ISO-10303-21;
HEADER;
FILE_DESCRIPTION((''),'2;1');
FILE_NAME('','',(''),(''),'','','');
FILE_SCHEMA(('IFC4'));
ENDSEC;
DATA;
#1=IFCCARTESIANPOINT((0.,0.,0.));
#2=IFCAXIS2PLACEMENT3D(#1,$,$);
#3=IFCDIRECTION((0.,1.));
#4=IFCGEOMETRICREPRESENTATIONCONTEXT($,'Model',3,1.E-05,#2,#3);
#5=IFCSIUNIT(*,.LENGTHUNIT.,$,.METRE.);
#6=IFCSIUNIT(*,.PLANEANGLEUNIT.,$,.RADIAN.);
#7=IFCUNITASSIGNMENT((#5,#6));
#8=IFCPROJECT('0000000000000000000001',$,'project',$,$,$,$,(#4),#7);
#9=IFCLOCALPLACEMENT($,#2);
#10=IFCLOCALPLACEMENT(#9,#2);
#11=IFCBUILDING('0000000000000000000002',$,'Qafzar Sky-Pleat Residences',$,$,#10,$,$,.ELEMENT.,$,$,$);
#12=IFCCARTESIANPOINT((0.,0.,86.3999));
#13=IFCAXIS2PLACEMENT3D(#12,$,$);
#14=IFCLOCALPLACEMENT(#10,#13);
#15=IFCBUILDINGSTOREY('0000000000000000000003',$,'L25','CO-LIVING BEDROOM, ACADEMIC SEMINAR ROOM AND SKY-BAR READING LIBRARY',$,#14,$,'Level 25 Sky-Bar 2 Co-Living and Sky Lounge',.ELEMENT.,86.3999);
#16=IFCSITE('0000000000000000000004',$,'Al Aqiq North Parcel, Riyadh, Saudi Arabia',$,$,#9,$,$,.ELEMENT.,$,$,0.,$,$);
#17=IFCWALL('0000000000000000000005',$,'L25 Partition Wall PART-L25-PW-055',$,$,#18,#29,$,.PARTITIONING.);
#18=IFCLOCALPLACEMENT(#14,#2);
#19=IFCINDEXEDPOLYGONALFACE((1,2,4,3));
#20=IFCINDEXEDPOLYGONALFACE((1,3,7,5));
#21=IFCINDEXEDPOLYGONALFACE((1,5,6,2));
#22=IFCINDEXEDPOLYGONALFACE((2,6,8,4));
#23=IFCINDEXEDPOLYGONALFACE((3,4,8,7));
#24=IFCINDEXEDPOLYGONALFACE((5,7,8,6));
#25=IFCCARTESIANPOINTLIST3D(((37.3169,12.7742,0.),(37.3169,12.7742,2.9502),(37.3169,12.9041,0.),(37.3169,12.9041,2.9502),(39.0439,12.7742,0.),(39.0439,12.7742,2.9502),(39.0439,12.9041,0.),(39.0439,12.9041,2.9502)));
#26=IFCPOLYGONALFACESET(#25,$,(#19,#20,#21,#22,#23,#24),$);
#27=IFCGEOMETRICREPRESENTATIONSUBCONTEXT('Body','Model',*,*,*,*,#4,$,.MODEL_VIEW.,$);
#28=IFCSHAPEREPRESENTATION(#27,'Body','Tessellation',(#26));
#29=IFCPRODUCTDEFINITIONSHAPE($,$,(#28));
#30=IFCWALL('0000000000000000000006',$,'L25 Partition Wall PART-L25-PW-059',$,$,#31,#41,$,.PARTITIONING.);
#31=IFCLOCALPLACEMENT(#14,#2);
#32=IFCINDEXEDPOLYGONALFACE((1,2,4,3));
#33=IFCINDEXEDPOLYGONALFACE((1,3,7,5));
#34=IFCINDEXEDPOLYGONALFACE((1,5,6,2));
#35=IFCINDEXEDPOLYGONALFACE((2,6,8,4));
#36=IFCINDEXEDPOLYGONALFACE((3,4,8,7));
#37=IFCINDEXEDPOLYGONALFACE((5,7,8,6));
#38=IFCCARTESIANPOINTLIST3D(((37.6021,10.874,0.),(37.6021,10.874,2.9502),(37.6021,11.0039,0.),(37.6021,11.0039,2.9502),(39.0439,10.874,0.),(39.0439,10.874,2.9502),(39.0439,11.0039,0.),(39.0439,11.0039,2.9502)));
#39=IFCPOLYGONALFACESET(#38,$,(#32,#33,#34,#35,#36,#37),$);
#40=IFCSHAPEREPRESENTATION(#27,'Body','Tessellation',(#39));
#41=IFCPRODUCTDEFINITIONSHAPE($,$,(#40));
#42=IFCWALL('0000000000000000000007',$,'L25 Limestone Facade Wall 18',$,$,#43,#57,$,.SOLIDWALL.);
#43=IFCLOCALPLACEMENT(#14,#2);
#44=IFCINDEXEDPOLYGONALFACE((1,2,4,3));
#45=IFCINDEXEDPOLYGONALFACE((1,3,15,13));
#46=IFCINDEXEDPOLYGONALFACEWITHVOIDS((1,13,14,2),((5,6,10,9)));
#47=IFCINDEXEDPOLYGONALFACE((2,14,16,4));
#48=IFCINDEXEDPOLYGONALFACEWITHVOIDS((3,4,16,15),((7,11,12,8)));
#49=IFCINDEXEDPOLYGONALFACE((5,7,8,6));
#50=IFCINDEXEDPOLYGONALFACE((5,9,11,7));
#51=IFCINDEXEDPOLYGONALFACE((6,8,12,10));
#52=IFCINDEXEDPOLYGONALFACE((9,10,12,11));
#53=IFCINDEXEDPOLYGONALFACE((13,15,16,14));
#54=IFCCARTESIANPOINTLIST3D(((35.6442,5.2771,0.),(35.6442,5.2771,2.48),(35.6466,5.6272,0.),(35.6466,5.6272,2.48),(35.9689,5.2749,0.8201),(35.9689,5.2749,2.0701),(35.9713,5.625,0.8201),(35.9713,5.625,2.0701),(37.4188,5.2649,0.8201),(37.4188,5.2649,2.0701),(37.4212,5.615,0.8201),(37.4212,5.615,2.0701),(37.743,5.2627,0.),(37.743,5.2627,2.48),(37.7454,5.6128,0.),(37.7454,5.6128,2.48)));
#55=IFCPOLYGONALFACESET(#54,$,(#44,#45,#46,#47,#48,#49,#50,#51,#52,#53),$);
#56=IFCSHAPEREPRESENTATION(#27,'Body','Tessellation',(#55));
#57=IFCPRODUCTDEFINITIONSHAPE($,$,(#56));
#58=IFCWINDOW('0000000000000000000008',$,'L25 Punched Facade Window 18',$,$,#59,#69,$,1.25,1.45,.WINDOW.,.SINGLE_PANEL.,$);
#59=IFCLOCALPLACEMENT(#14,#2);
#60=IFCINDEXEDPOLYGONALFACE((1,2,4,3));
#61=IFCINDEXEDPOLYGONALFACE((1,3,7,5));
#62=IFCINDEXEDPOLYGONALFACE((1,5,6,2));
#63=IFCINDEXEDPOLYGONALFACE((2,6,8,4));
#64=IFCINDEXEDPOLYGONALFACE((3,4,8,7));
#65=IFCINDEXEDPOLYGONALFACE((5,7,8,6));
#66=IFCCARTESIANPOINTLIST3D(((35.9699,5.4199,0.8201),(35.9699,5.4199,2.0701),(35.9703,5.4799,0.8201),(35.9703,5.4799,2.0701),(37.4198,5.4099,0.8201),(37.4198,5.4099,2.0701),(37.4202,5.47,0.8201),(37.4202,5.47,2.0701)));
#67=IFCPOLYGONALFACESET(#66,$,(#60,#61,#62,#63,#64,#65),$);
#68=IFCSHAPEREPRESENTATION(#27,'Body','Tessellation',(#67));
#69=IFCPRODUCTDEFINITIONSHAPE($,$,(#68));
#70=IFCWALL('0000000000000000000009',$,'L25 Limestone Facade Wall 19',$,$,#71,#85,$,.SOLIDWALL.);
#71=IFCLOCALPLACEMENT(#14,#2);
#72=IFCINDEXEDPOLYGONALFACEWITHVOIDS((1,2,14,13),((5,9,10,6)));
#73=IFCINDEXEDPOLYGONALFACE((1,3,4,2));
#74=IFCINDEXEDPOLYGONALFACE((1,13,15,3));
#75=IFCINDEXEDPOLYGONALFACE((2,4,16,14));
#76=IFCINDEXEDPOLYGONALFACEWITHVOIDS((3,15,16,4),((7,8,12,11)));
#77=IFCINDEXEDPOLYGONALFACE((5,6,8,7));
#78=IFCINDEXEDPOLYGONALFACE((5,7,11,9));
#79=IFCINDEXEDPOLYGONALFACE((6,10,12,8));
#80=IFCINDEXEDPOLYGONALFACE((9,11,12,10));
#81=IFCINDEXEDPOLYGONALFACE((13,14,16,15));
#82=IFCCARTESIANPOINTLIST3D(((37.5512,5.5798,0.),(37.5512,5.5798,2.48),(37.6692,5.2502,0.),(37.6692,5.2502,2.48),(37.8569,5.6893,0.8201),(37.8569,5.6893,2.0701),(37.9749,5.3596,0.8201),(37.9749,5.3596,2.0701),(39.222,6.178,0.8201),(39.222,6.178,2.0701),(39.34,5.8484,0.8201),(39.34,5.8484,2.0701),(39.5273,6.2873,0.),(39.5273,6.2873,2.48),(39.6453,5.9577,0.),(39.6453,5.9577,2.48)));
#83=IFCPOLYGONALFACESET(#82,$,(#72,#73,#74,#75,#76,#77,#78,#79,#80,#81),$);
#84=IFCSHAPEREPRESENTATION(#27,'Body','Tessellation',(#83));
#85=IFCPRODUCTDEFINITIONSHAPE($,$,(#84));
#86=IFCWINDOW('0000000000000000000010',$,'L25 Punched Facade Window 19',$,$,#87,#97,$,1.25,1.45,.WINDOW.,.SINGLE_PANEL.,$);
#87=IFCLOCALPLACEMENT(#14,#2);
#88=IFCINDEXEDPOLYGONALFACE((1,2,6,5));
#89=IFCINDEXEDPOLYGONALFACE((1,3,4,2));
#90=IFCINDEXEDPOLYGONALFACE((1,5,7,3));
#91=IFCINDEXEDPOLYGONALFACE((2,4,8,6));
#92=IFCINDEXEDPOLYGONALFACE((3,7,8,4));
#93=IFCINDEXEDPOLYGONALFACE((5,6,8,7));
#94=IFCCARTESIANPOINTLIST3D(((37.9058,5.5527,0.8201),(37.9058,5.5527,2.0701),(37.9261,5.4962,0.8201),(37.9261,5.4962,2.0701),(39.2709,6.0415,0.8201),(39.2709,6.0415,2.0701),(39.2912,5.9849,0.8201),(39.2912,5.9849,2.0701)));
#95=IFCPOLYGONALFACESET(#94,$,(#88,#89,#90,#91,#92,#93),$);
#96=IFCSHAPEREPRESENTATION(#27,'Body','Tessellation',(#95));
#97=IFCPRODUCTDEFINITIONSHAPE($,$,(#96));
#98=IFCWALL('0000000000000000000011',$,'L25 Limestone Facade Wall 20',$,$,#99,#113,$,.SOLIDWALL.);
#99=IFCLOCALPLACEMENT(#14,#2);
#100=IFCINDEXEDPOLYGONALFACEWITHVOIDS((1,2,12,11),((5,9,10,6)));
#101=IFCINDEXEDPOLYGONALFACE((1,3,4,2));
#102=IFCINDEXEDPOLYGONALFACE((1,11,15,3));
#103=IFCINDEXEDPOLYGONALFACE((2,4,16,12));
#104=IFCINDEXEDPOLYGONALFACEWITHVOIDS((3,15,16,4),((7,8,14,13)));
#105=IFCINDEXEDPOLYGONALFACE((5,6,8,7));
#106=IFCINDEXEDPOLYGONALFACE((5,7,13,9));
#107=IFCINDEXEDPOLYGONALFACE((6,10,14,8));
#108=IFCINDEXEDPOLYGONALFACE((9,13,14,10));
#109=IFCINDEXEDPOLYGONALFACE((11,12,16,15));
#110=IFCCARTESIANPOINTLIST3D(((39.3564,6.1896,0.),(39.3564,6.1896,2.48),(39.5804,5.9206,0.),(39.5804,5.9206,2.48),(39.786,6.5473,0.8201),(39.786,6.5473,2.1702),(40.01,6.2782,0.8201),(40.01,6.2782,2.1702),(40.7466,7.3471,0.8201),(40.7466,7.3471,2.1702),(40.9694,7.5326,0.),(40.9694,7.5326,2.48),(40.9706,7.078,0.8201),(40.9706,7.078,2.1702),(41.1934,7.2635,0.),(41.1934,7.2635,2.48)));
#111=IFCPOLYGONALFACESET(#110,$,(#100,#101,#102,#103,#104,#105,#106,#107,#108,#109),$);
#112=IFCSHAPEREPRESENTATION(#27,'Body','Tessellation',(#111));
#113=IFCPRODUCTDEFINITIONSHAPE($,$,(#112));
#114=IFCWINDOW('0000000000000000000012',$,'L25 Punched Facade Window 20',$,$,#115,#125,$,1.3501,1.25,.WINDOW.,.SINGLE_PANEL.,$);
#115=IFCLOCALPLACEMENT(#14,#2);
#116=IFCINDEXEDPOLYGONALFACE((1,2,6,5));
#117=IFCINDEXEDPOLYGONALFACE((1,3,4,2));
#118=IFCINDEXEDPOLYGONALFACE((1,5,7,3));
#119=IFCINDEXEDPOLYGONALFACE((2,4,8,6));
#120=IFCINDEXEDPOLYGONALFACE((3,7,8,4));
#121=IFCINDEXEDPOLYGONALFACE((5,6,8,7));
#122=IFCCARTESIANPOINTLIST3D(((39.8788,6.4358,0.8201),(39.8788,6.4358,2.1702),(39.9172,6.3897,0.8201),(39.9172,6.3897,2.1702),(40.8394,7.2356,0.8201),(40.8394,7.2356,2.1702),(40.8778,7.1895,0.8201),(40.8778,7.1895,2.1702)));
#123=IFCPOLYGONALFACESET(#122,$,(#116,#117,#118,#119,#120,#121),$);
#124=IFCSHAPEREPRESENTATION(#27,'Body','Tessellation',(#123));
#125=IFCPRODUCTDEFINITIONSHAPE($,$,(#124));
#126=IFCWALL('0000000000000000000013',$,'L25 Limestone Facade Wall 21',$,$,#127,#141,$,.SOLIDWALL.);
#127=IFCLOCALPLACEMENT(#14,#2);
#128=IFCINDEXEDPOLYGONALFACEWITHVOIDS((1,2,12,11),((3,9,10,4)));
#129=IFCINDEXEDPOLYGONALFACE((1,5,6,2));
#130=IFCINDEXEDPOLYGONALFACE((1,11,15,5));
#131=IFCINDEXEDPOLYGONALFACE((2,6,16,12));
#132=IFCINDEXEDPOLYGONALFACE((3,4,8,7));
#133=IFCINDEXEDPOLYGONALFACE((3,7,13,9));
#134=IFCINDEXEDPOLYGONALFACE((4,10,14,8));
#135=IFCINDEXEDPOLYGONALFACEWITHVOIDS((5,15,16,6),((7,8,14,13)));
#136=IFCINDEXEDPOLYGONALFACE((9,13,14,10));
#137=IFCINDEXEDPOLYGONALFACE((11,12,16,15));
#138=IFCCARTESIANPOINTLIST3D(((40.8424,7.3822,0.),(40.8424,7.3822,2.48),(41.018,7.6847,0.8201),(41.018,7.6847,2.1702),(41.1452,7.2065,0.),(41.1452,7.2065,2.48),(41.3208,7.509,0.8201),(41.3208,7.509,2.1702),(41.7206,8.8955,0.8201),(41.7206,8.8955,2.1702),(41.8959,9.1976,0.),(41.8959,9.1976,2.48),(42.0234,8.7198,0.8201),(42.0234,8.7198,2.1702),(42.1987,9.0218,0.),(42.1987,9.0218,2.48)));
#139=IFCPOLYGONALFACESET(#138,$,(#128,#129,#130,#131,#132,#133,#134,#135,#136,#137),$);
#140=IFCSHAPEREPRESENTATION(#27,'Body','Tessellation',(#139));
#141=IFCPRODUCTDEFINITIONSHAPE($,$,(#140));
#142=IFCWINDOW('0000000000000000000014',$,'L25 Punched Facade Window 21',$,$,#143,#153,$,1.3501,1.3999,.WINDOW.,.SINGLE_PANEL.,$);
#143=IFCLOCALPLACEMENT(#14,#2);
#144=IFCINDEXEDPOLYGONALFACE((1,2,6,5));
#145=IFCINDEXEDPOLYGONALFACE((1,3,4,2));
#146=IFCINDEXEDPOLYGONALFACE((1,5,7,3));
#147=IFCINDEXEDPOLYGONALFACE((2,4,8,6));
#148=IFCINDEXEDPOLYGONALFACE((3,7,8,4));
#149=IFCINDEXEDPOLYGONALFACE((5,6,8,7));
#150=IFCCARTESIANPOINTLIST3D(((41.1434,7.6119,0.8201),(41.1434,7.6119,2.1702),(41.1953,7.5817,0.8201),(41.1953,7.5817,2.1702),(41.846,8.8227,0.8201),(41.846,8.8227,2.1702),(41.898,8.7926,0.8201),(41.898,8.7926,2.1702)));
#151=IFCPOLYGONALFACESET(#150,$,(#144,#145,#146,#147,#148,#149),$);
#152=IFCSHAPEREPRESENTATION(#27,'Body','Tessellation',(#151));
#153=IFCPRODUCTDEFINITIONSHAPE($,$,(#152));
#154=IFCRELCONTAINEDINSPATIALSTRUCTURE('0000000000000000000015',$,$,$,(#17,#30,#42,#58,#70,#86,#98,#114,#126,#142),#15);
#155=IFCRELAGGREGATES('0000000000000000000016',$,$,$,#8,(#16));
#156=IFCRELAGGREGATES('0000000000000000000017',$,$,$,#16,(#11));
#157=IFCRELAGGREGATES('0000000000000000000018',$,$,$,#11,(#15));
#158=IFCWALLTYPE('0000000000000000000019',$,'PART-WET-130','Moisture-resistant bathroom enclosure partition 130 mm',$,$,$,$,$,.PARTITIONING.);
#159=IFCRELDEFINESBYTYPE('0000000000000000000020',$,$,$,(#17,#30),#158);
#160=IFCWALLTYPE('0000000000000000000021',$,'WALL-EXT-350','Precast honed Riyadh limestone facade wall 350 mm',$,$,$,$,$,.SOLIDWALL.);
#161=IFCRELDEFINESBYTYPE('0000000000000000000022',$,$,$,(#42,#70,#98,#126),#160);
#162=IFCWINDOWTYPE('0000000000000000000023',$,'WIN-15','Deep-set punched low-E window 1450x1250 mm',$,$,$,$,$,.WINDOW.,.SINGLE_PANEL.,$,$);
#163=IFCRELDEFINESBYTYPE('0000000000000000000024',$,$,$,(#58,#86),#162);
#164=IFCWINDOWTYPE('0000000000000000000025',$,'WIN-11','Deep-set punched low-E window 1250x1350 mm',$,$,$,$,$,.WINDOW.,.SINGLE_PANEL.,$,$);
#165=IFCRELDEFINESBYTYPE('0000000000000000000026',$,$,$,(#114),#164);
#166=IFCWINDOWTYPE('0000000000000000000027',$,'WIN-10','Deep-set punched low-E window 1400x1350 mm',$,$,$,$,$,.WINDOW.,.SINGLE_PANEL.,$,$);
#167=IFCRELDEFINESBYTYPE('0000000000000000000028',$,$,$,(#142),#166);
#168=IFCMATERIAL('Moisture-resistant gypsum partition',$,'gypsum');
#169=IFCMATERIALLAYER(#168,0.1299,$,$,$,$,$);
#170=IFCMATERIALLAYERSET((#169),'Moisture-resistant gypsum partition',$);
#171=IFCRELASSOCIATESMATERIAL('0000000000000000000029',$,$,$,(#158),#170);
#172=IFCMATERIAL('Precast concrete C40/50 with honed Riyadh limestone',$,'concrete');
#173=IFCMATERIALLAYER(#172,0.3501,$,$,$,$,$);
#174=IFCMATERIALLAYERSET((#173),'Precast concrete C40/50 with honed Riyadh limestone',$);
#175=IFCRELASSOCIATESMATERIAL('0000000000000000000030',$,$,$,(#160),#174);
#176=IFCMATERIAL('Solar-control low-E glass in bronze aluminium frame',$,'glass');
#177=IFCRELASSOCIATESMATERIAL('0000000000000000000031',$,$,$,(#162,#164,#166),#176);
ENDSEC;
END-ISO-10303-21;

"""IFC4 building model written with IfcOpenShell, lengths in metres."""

from ifc_helpers import new_model, si_unit, direction, frame, frame_2d, origin, place, context, subcontext, project, spatial, rectangle, extrude, source, transform, mapped, material, layer, layer_set, type_object, element, fill, save


model = new_model("IFC4")

# Units and contexts
model_context = context("Model", 3, precision=1e-05, world=origin(), true_north=direction((0.0, 1.0)))
body_context = subcontext(model_context, "Body", "Model", "MODEL_VIEW")
ifc_project = project(units=[si_unit("LENGTHUNIT", "METRE"), si_unit("PLANEANGLEUNIT", "RADIAN")], contexts=[model_context])

# Site, building, storey
site_placement = place(None, origin())
site = spatial("IfcSite", under=ifc_project, at=site_placement, Name="Al Aqiq North Parcel, Riyadh, Saudi Arabia", CompositionType="ELEMENT", RefElevation=0.0)
building_placement = place(site_placement, origin())
building = spatial("IfcBuilding", under=site, at=building_placement, Name="Qafzar Sky-Pleat Residences", CompositionType="ELEMENT")
storey_placement = place(building_placement, frame((0.0, 0.0, 86.3999)))
storey = spatial("IfcBuildingStorey", under=building, at=storey_placement, Name="L25", Description="CO-LIVING BEDROOM, ACADEMIC SEMINAR ROOM AND SKY-BAR READING LIBRARY", LongName="Level 25 Sky-Bar 2 Co-Living and Sky Lounge", CompositionType="ELEMENT", Elevation=86.3999)

# Shared definitions
ifc_material_1 = material(Name="Moisture-resistant gypsum partition", Category="gypsum")
ifc_layer_1 = layer(ifc_material_1, 0.1299)
ifc_layer_set_1 = layer_set([ifc_layer_1], Name="Moisture-resistant gypsum partition")
wall_type_1 = type_object("IfcWallType", Name="PART-WET-130", Description="Moisture-resistant bathroom enclosure partition 130 mm", PredefinedType="PARTITIONING", material=ifc_layer_set_1)

# Walls
wall_1_placement = place(storey_placement, frame((37.3169, 12.8391, 0.0), z_axis=(0.0, 0.0, 1.0), x_axis=(1.0, 0.0, 0.0)))
element("IfcWall", 1, at=wall_1_placement, inside=storey, type_object=wall_type_1, Name="L25 Partition Wall PART-L25-PW-055", PredefinedType="PARTITIONING", context=body_context, shape_type="SweptSolid", body=[
    extrude(rectangle(XDim=1.7271, YDim=0.1299, at=frame_2d((0.8635, 0.0))), origin(), (0.0, 0.0, 1.0), 2.9502),
])
wall_2_placement = place(storey_placement, frame((37.6021, 10.939, 0.0), z_axis=(0.0, 0.0, 1.0), x_axis=(1.0, 0.0, 0.0)))
element("IfcWall", 2, at=wall_2_placement, inside=storey, type_object=wall_type_1, Name="L25 Partition Wall PART-L25-PW-059", PredefinedType="PARTITIONING", context=body_context, shape_type="SweptSolid", body=[
    extrude(rectangle(XDim=1.4419, YDim=0.1299, at=frame_2d((0.7209, 0.0))), origin(), (0.0, 0.0, 1.0), 2.9502),
])

# Walls, openings, windows
ifc_material_2 = material(Name="Precast concrete C40/50 with honed Riyadh limestone", Category="concrete")
ifc_layer_2 = layer(ifc_material_2, 0.3501)
ifc_layer_set_2 = layer_set([ifc_layer_2], Name="Precast concrete C40/50 with honed Riyadh limestone")
wall_type_2 = type_object("IfcWallType", Name="WALL-EXT-350", Description="Precast honed Riyadh limestone facade wall 350 mm", PredefinedType="SOLIDWALL", material=ifc_layer_set_2)
wall_3_placement = place(storey_placement, frame((35.6455, 5.4521, 0.0), z_axis=(0.0, 0.0, 1.0), x_axis=(0.999976, -0.006863, 0.0)))
wall_3 = element("IfcWall", 3, at=wall_3_placement, inside=storey, type_object=wall_type_2, Name="L25 Limestone Facade Wall 18", PredefinedType="SOLIDWALL", context=body_context, shape_type="SweptSolid", body=[
    extrude(rectangle(XDim=2.0989, YDim=0.3501, at=frame_2d((1.0493, 0.0))), origin(), (0.0, 0.0, 1.0), 2.48),
])
opening_1_placement = place(wall_3_placement, frame((0.3245, 0.0, 0.8201)))
opening_1 = element("IfcOpeningElement", 4, at=opening_1_placement, cuts=wall_3, PredefinedType="OPENING", context=body_context, shape_type="SweptSolid", body=[
    extrude(rectangle(XDim=1.45, YDim=1.25, at=frame_2d((0.7251, 0.625))), frame((0.0, 0.1851, 0.0), z_axis=(0.0, -1.0, 0.0), x_axis=(1.0, 0.0, 0.0)), (0.0, 0.0, 1.0), 0.3701),
])
ifc_material_3 = material(Name="Solar-control low-E glass in bronze aluminium frame", Category="glass")
window_type_1 = type_object("IfcWindowType", Name="WIN-15", Description="Deep-set punched low-E window 1450x1250 mm", PartitioningType="SINGLE_PANEL", PredefinedType="WINDOW", material=ifc_material_3)
shared_shape_1 = source(origin(), body_context, "Body", "SweptSolid", [
    extrude(rectangle(XDim=1.45, YDim=1.25, at=frame_2d((0.7251, 0.625))), frame((0.0, 0.03, 0.0), z_axis=(0.0, -1.0, 0.0), x_axis=(1.0, 0.0, 0.0)), (0.0, 0.0, 1.0), 0.0601),
])
window_1_placement = place(opening_1_placement, origin())
window_1 = element("IfcWindow", 5, at=window_1_placement, inside=storey, type_object=window_type_1, Name="L25 Punched Facade Window 18", OverallHeight=1.25, OverallWidth=1.45, PartitioningType="SINGLE_PANEL", PredefinedType="WINDOW", context=body_context, shape_type="MappedRepresentation", body=[
    mapped(shared_shape_1, transform((0.0, 0.0, 0.0), x_axis=(1.0, 0.0, 0.0), y_axis=(0.0, 1.0, 0.0), z_axis=(0.0, 0.0, 1.0), scale=1.0)),
])
fill(opening_1, window_1)
wall_4_placement = place(storey_placement, frame((37.6104, 5.415, 0.0), z_axis=(0.0, 0.0, 1.0), x_axis=(0.941473, 0.337088, 0.0)))
wall_4 = element("IfcWall", 6, at=wall_4_placement, inside=storey, type_object=wall_type_2, Name="L25 Limestone Facade Wall 19", PredefinedType="SOLIDWALL", context=body_context, shape_type="SweptSolid", body=[
    extrude(rectangle(XDim=2.0989, YDim=0.3501, at=frame_2d((1.0493, 0.0))), origin(), (0.0, 0.0, 1.0), 2.48),
])
opening_2_placement = place(wall_4_placement, frame((0.3245, 0.0, 0.8201)))
opening_2 = element("IfcOpeningElement", 7, at=opening_2_placement, cuts=wall_4, PredefinedType="OPENING", context=body_context, shape_type="SweptSolid", body=[
    extrude(rectangle(XDim=1.45, YDim=1.25, at=frame_2d((0.7251, 0.625))), frame((0.0, 0.1851, 0.0), z_axis=(0.0, -1.0, 0.0), x_axis=(1.0, 0.0, 0.0)), (0.0, 0.0, 1.0), 0.3701),
])
window_2_placement = place(opening_2_placement, origin())
window_2 = element("IfcWindow", 8, at=window_2_placement, inside=storey, type_object=window_type_1, Name="L25 Punched Facade Window 19", OverallHeight=1.25, OverallWidth=1.45, PartitioningType="SINGLE_PANEL", PredefinedType="WINDOW", context=body_context, shape_type="MappedRepresentation", body=[
    mapped(shared_shape_1, transform((0.0, 0.0, 0.0), x_axis=(1.0, 0.0, 0.0), y_axis=(0.0, 1.0, 0.0), z_axis=(0.0, 0.0, 1.0), scale=1.0)),
])
fill(opening_2, window_2)
wall_5_placement = place(storey_placement, frame((39.4685, 6.0552, 0.0), z_axis=(0.0, 0.0, 1.0), x_axis=(0.768498, 0.639853, 0.0)))
wall_5 = element("IfcWall", 9, at=wall_5_placement, inside=storey, type_object=wall_type_2, Name="L25 Limestone Facade Wall 20", PredefinedType="SOLIDWALL", context=body_context, shape_type="SweptSolid", body=[
    extrude(rectangle(XDim=2.0989, YDim=0.3501, at=frame_2d((1.0493, 0.0))), origin(), (0.0, 0.0, 1.0), 2.48),
])
opening_3_placement = place(wall_5_placement, frame((0.5588, 0.0, 0.8201)))
opening_3 = element("IfcOpeningElement", 10, at=opening_3_placement, cuts=wall_5, PredefinedType="OPENING", context=body_context, shape_type="SweptSolid", body=[
    extrude(rectangle(XDim=1.25, YDim=1.3501, at=frame_2d((0.625, 0.675))), frame((0.0, 0.1851, 0.0), z_axis=(0.0, -1.0, 0.0), x_axis=(1.0, 0.0, 0.0)), (0.0, 0.0, 1.0), 0.3701),
])
window_type_2 = type_object("IfcWindowType", Name="WIN-11", Description="Deep-set punched low-E window 1250x1350 mm", PartitioningType="SINGLE_PANEL", PredefinedType="WINDOW", material=ifc_material_3)
shared_shape_2 = source(origin(), body_context, "Body", "SweptSolid", [
    extrude(rectangle(XDim=1.25, YDim=1.3501, at=frame_2d((0.625, 0.675))), frame((0.0, 0.03, 0.0), z_axis=(0.0, -1.0, 0.0), x_axis=(1.0, 0.0, 0.0)), (0.0, 0.0, 1.0), 0.0601),
])
window_3_placement = place(opening_3_placement, origin())
window_3 = element("IfcWindow", 11, at=window_3_placement, inside=storey, type_object=window_type_2, Name="L25 Punched Facade Window 20", OverallHeight=1.3501, OverallWidth=1.25, PartitioningType="SINGLE_PANEL", PredefinedType="WINDOW", context=body_context, shape_type="MappedRepresentation", body=[
    mapped(shared_shape_2, transform((0.0, 0.0, 0.0), x_axis=(1.0, 0.0, 0.0), y_axis=(0.0, 1.0, 0.0), z_axis=(0.0, 0.0, 1.0), scale=1.0)),
])
fill(opening_3, window_3)
wall_6_placement = place(storey_placement, frame((40.9939, 7.2944, 0.0), z_axis=(0.0, 0.0, 1.0), x_axis=(0.501903, 0.864924, 0.0)))
wall_6 = element("IfcWall", 12, at=wall_6_placement, inside=storey, type_object=wall_type_2, Name="L25 Limestone Facade Wall 21", PredefinedType="SOLIDWALL", context=body_context, shape_type="SweptSolid", body=[
    extrude(rectangle(XDim=2.0989, YDim=0.3501, at=frame_2d((1.0493, 0.0))), origin(), (0.0, 0.0, 1.0), 2.48),
])
opening_4_placement = place(wall_6_placement, frame((0.3496, 0.0, 0.8201)))
opening_4 = element("IfcOpeningElement", 13, at=opening_4_placement, cuts=wall_6, PredefinedType="OPENING", context=body_context, shape_type="SweptSolid", body=[
    extrude(rectangle(XDim=1.3999, YDim=1.3501, at=frame_2d((0.7, 0.675))), frame((0.0, 0.1851, 0.0), z_axis=(0.0, -1.0, 0.0), x_axis=(1.0, 0.0, 0.0)), (0.0, 0.0, 1.0), 0.3701),
])
window_type_3 = type_object("IfcWindowType", Name="WIN-10", Description="Deep-set punched low-E window 1400x1350 mm", PartitioningType="SINGLE_PANEL", PredefinedType="WINDOW", material=ifc_material_3)
shared_shape_3 = source(origin(), body_context, "Body", "SweptSolid", [
    extrude(rectangle(XDim=1.3999, YDim=1.3501, at=frame_2d((0.7, 0.675))), frame((0.0, 0.03, 0.0), z_axis=(0.0, -1.0, 0.0), x_axis=(1.0, 0.0, 0.0)), (0.0, 0.0, 1.0), 0.0601),
])
window_4_placement = place(opening_4_placement, origin())
window_4 = element("IfcWindow", 14, at=window_4_placement, inside=storey, type_object=window_type_3, Name="L25 Punched Facade Window 21", OverallHeight=1.3501, OverallWidth=1.3999, PartitioningType="SINGLE_PANEL", PredefinedType="WINDOW", context=body_context, shape_type="MappedRepresentation", body=[
    mapped(shared_shape_3, transform((0.0, 0.0, 0.0), x_axis=(1.0, 0.0, 0.0), y_axis=(0.0, 1.0, 0.0), z_axis=(0.0, 0.0, 1.0), scale=1.0)),
])
fill(opening_4, window_4)

save(model, "model.ifc")
